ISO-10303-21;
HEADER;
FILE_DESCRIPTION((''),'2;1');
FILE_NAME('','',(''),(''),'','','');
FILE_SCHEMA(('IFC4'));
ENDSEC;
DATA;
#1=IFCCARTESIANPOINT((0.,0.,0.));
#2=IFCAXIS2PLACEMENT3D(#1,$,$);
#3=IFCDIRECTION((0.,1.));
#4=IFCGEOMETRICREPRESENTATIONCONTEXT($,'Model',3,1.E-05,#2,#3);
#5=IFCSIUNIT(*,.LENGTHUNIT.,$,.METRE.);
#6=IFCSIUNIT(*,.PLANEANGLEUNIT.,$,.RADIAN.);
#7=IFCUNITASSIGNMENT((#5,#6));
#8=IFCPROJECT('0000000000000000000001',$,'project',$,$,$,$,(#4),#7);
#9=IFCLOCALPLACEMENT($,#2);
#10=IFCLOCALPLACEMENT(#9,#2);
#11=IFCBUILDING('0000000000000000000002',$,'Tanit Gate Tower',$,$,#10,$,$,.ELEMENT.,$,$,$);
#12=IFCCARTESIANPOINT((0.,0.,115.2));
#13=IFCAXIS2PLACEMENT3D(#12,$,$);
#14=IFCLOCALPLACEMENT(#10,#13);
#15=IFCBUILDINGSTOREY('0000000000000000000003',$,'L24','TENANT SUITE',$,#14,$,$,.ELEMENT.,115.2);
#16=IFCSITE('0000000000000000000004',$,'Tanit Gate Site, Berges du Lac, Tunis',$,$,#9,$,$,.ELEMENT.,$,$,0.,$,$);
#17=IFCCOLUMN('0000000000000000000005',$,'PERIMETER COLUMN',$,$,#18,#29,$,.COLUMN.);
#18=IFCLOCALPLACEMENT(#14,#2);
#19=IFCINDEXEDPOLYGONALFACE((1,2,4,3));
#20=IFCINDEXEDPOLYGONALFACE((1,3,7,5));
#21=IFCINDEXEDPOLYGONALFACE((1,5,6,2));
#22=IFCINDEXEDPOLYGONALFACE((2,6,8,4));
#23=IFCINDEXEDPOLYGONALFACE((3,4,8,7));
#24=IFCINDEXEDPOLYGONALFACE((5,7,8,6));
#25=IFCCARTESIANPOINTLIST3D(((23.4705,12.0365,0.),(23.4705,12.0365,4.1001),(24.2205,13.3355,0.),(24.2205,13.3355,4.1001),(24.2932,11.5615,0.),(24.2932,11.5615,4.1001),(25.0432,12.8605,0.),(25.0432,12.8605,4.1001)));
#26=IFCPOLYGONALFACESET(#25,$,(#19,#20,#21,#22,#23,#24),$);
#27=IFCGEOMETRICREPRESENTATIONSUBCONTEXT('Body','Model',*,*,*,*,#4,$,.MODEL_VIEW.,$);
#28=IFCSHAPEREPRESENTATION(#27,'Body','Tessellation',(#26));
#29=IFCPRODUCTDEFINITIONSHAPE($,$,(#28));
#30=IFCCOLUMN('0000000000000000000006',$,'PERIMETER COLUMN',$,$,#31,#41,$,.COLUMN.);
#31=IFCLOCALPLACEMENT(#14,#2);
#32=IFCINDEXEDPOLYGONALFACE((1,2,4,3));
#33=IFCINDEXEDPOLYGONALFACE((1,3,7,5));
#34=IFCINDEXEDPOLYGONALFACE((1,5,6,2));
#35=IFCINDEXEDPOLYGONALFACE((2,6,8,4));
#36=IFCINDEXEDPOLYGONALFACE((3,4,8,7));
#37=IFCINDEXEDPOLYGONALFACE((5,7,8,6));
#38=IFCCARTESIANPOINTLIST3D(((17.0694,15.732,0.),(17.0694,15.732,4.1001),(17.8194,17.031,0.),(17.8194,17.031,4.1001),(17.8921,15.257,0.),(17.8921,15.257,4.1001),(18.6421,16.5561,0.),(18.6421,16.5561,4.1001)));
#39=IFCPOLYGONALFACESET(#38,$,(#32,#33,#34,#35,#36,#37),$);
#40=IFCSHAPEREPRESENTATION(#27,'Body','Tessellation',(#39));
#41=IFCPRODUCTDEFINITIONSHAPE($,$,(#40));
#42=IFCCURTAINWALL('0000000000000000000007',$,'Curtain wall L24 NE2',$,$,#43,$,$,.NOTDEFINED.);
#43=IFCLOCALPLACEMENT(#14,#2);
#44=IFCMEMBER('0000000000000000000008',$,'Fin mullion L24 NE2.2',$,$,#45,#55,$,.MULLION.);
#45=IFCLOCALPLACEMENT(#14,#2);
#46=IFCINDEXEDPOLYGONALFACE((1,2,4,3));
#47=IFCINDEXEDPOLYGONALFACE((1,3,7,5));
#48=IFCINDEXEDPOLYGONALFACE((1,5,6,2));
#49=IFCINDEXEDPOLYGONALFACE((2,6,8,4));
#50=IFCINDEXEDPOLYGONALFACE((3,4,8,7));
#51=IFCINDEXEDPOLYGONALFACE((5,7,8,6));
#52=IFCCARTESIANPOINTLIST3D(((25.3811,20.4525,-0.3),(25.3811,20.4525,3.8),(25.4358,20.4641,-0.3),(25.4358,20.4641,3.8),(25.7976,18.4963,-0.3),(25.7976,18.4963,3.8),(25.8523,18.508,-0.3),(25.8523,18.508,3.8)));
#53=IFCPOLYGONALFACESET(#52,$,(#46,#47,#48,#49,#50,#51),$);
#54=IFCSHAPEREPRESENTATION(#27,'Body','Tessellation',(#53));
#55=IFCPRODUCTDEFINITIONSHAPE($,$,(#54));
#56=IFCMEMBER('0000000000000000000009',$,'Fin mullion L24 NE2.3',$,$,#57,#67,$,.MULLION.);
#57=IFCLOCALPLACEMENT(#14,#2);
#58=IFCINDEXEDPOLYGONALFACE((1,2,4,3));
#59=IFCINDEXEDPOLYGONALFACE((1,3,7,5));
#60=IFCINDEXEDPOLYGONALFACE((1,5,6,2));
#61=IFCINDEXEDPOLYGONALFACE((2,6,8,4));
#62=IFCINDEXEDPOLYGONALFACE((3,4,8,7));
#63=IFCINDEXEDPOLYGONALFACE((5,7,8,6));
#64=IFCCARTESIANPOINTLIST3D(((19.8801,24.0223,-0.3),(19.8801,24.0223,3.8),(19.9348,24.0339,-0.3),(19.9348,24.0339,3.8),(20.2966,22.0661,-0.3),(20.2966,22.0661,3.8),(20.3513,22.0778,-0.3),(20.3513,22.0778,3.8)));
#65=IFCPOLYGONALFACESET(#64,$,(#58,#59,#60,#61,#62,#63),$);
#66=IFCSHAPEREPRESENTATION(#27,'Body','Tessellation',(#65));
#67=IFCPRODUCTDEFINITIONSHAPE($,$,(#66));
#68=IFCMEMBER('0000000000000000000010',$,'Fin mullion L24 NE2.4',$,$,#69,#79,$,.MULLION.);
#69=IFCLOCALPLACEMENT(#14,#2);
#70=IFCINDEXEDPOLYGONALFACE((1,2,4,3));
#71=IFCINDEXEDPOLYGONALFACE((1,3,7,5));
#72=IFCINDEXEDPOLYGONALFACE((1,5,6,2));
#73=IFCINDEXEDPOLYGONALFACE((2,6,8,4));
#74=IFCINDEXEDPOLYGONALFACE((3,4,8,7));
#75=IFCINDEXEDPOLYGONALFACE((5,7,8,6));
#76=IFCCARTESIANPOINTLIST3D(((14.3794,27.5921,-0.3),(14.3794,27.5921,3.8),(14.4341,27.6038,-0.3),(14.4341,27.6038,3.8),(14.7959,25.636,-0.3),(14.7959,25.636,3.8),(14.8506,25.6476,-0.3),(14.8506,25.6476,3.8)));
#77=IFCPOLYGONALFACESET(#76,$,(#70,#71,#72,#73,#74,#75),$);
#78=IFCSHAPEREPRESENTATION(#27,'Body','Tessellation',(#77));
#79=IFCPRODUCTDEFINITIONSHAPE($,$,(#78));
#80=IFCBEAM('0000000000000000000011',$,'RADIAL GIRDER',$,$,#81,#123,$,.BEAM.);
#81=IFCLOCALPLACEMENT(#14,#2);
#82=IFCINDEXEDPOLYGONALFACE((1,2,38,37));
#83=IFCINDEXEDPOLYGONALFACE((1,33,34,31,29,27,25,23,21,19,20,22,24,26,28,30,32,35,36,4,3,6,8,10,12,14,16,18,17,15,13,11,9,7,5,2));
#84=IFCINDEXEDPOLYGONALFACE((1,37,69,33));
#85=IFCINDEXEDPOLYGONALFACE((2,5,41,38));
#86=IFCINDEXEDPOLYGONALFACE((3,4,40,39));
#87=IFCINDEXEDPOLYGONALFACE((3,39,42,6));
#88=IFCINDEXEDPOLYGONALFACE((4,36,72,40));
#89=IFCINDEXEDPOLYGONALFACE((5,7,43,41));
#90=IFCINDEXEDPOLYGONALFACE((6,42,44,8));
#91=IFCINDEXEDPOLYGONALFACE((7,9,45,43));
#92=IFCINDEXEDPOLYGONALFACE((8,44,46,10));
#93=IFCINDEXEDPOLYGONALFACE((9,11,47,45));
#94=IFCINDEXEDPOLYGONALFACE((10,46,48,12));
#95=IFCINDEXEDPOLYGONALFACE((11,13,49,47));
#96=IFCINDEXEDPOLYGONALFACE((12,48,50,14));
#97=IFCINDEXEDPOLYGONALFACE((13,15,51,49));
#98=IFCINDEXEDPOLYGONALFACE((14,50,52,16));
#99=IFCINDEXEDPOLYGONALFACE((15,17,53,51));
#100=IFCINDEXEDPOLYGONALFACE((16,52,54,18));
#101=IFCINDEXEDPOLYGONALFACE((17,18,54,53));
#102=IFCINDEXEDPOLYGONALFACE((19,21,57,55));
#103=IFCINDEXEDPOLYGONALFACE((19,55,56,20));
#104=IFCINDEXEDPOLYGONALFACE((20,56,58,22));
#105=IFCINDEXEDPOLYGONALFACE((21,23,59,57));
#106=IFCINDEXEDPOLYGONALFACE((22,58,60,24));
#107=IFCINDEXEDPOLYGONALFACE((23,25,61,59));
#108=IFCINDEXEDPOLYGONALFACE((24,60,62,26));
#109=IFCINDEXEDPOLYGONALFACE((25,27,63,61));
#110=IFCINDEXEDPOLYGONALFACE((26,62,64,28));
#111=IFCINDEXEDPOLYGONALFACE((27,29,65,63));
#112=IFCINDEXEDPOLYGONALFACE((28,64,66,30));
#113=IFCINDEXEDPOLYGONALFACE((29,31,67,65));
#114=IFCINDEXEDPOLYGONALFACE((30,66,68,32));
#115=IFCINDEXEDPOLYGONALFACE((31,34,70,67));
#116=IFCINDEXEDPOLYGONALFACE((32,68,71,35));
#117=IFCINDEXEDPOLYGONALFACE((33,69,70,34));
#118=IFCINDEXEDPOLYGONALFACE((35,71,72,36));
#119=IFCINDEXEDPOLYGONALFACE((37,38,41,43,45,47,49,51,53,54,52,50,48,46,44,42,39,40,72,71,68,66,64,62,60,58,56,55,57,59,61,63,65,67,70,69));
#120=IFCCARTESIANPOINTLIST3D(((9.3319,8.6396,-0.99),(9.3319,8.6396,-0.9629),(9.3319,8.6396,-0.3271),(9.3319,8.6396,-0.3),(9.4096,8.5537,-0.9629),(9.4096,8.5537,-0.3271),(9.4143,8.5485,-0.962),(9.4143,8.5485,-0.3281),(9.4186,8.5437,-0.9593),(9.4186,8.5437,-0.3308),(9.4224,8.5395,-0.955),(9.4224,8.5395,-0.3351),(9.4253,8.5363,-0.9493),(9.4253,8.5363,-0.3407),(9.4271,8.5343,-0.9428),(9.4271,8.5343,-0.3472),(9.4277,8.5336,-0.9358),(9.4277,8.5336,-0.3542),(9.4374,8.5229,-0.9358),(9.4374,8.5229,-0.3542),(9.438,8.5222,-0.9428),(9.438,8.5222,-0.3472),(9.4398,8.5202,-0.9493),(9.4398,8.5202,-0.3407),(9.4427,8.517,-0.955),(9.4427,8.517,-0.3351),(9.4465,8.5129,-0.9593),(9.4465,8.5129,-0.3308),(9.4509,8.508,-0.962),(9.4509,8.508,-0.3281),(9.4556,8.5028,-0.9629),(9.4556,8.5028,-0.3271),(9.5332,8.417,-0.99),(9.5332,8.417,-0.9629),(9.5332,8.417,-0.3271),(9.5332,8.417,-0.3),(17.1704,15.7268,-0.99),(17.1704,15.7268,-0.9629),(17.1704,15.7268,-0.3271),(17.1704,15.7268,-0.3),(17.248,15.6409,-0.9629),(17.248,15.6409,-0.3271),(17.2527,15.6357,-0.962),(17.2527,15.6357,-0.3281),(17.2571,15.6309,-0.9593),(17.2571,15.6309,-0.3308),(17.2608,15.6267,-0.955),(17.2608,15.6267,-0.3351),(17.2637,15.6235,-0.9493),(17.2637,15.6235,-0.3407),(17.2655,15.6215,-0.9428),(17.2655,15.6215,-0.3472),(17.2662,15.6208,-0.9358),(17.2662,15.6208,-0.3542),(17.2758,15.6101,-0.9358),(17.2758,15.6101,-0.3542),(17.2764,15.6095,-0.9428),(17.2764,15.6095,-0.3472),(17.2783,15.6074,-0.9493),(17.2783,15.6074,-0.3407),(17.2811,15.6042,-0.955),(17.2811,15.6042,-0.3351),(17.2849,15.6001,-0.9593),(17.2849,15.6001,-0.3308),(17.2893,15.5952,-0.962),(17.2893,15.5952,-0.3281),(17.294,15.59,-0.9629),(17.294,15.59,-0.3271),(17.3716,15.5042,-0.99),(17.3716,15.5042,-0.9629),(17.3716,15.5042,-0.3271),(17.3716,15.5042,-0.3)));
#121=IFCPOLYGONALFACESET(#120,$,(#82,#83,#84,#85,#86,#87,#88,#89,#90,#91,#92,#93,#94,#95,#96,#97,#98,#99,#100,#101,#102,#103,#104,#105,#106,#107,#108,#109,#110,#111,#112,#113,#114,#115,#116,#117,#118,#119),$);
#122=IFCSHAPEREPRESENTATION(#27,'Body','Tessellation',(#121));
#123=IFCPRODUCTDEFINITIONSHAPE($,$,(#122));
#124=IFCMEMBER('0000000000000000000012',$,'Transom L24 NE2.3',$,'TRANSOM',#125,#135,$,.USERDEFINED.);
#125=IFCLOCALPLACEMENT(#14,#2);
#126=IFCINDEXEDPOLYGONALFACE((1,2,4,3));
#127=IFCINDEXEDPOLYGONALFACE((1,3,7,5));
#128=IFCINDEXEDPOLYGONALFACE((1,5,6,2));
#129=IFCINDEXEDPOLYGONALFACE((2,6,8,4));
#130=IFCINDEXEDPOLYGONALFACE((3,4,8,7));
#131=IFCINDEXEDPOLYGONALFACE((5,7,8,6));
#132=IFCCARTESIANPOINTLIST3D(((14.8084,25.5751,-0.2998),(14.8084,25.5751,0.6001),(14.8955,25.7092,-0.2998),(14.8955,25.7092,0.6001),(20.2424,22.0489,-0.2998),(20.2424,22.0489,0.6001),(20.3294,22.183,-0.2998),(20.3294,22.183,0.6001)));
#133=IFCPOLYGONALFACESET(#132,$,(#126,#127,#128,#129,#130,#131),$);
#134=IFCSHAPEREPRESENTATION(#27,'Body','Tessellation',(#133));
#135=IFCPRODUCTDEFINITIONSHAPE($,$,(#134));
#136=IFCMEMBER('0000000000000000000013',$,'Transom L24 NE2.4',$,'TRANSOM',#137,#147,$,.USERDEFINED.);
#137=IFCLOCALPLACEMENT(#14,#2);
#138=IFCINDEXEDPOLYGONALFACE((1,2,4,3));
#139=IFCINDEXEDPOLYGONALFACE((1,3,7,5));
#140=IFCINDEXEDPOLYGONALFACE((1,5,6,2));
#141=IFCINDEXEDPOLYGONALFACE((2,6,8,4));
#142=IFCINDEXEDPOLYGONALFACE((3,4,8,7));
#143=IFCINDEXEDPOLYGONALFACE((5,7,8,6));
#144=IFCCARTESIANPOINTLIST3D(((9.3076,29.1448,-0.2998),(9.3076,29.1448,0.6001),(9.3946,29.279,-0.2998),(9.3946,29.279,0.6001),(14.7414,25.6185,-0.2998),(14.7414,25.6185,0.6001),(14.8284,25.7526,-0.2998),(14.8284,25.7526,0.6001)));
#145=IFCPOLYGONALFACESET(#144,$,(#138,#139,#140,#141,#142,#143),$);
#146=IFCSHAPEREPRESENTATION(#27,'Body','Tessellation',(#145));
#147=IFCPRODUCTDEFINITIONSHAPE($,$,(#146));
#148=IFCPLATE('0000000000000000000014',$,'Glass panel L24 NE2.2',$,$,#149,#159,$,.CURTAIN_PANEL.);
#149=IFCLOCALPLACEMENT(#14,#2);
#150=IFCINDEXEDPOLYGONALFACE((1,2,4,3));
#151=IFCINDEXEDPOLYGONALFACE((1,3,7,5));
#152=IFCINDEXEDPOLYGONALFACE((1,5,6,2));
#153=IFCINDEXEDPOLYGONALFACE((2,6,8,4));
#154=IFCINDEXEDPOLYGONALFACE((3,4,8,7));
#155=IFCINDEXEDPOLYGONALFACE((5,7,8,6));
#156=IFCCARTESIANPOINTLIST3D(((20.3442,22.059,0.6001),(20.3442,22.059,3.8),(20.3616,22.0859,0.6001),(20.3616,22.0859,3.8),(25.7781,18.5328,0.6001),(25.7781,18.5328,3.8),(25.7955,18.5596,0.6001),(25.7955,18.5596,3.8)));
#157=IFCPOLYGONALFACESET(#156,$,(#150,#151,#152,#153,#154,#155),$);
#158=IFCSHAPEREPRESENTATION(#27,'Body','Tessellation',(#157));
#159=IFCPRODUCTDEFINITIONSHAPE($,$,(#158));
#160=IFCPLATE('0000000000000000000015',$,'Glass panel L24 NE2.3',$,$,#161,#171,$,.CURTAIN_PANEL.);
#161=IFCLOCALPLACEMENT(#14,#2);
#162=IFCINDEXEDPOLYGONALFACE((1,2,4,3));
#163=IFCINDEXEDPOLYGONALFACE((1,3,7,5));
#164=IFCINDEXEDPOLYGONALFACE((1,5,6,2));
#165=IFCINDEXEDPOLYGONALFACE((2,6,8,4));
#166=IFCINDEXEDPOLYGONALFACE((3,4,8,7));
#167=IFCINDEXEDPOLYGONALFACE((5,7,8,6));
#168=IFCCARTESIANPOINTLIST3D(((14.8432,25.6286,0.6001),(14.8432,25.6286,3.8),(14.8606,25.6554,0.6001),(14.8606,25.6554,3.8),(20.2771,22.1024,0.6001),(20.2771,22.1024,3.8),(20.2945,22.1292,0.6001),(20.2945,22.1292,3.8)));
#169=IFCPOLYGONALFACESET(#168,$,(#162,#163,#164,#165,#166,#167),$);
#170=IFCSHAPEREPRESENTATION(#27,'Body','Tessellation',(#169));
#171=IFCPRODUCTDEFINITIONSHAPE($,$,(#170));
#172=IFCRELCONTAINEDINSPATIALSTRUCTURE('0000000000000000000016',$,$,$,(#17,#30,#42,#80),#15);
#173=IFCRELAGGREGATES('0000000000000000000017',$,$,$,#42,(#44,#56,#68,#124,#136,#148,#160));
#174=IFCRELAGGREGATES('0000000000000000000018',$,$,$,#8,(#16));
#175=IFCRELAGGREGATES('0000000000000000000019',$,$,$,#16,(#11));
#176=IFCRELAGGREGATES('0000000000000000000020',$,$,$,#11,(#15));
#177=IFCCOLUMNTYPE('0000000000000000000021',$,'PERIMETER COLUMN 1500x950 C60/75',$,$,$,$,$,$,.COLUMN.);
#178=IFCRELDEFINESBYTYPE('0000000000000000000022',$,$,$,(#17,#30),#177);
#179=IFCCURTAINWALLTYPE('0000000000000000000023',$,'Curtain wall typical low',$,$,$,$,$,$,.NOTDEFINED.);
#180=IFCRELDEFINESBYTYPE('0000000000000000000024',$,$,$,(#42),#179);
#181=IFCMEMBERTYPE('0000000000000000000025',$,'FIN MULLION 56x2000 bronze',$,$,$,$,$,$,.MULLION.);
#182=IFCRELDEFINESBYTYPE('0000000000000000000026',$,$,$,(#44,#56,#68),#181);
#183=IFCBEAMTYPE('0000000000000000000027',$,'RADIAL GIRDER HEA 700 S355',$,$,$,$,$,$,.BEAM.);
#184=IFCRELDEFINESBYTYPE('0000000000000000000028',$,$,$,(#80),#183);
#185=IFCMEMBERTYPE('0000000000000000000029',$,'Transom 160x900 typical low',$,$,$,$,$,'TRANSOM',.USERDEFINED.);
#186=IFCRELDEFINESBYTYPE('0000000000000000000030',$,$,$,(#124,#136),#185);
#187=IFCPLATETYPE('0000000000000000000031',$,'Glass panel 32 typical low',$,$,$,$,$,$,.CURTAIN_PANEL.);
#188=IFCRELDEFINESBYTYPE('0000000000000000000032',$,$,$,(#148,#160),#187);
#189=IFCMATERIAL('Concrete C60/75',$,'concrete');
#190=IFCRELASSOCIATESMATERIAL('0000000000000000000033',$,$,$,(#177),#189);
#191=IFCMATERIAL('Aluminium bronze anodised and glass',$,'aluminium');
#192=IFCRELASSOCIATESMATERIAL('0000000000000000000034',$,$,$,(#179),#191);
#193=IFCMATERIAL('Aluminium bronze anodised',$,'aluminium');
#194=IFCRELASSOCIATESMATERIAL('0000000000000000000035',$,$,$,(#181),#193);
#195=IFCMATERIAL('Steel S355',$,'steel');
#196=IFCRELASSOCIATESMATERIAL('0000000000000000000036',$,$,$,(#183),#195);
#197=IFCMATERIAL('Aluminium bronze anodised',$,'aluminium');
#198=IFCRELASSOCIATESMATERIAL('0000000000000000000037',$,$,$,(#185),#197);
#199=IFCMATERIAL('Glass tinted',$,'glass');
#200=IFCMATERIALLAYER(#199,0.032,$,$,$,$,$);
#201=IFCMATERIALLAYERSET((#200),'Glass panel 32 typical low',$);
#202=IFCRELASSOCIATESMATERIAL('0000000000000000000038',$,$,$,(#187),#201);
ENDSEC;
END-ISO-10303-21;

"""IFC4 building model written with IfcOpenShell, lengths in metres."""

from ifc_helpers import new_model, si_unit, direction, frame, origin, origin_2d, place, context, subcontext, project, spatial, rectangle, i_section, extrude, material, layer, layer_set, material_profile, profile_set, type_object, element, aggregate, save


model = new_model("IFC4")

# Units and contexts
model_context = context("Model", 3, precision=1e-05, world=origin(), true_north=direction((0.0, 1.0)))
body_context = subcontext(model_context, "Body", "Model", "MODEL_VIEW")
ifc_project = project(units=[si_unit("LENGTHUNIT", "METRE"), si_unit("PLANEANGLEUNIT", "RADIAN")], contexts=[model_context])

# Site, building, storey
site_placement = place(None, origin())
site = spatial("IfcSite", under=ifc_project, at=site_placement, Name="Tanit Gate Site, Berges du Lac, Tunis", CompositionType="ELEMENT", RefElevation=0.0)
building_placement = place(site_placement, origin())
building = spatial("IfcBuilding", under=site, at=building_placement, Name="Tanit Gate Tower", CompositionType="ELEMENT")
storey_placement = place(building_placement, frame((0.0, 0.0, 115.2)))
storey = spatial("IfcBuildingStorey", under=building, at=storey_placement, Name="L24", Description="TENANT SUITE", CompositionType="ELEMENT", Elevation=115.2)

# Columns
ifc_material_1 = material(Name="Concrete C60/75", Category="concrete")
ifc_material_profile_1 = material_profile(ifc_material_1, rectangle(XDim=1.5, YDim=0.95, at=origin_2d()), Name="RC 1500x950")
ifc_profile_set_1 = profile_set([ifc_material_profile_1], Name="Concrete C60/75")
column_type = type_object("IfcColumnType", Name="PERIMETER COLUMN 1500x950 C60/75", PredefinedType="COLUMN", material=ifc_profile_set_1)
for number, where, z_axis, x_axis, name in (
    (1, (24.2568, 12.4485, 0.0), (0.0, 0.0, 1.0), (0.5, 0.866025, 0.0), "PERIMETER COLUMN"),
    (2, (17.8557, 16.144, 0.0), (0.0, 0.0, 1.0), (0.5, 0.866025, 0.0), "PERIMETER COLUMN"),
):
    element("IfcColumn", number, at=place(storey_placement, frame(where, z_axis=z_axis, x_axis=x_axis)), inside=storey, type_object=column_type, Name=name, PredefinedType="COLUMN", context=body_context, shape_type="SweptSolid", body=[
        extrude(rectangle(XDim=1.5, YDim=0.95, at=origin_2d()), origin(), (0.0, 0.0, 1.0), 4.1001),
    ])

# Curtain wall, members
ifc_material_2 = material(Name="Aluminium bronze anodised and glass", Category="aluminium")
curtain_wall_type = type_object("IfcCurtainWallType", Name="Curtain wall typical low", PredefinedType="NOTDEFINED", material=ifc_material_2)
curtain_wall_placement = place(storey_placement, origin())
curtain_wall = element("IfcCurtainWall", 3, at=curtain_wall_placement, inside=storey, type_object=curtain_wall_type, Name="Curtain wall L24 NE2", PredefinedType="NOTDEFINED")
ifc_material_3 = material(Name="Aluminium bronze anodised", Category="aluminium")
ifc_material_profile_2 = material_profile(ifc_material_3, rectangle(XDim=2.0, YDim=0.0559, at=origin_2d()), Name="56x2000 bronze fin mullion")
ifc_profile_set_2 = profile_set([ifc_material_profile_2], Name="Aluminium bronze anodised")
member_type_1 = type_object("IfcMemberType", Name="FIN MULLION 56x2000 bronze", PredefinedType="MULLION", material=ifc_profile_set_2)
member_1_placement = place(storey_placement, frame((25.6167, 19.4802, -0.3), z_axis=(0.0, 0.0, 1.0), x_axis=(0.208238, -0.978078, 0.0)))
member_1 = element("IfcMember", 4, at=member_1_placement, type_object=member_type_1, Name="Fin mullion L24 NE2.2", PredefinedType="MULLION", context=body_context, shape_type="SweptSolid", body=[
    extrude(rectangle(XDim=2.0, YDim=0.0559, at=origin_2d()), origin(), (0.0, 0.0, 1.0), 4.1001),
])
member_2_placement = place(storey_placement, frame((20.1157, 23.05, -0.3), z_axis=(0.0, 0.0, 1.0), x_axis=(0.208238, -0.978078, 0.0)))
member_2 = element("IfcMember", 5, at=member_2_placement, type_object=member_type_1, Name="Fin mullion L24 NE2.3", PredefinedType="MULLION", context=body_context, shape_type="SweptSolid", body=[
    extrude(rectangle(XDim=2.0, YDim=0.0559, at=origin_2d()), origin(), (0.0, 0.0, 1.0), 4.1001),
])
member_3_placement = place(storey_placement, frame((14.615, 26.6199, -0.3), z_axis=(0.0, 0.0, 1.0), x_axis=(0.208238, -0.978078, 0.0)))
member_3 = element("IfcMember", 6, at=member_3_placement, type_object=member_type_1, Name="Fin mullion L24 NE2.4", PredefinedType="MULLION", context=body_context, shape_type="SweptSolid", body=[
    extrude(rectangle(XDim=2.0, YDim=0.0559, at=origin_2d()), origin(), (0.0, 0.0, 1.0), 4.1001),
])

# Beam
ifc_material_4 = material(Name="Steel S355", Category="steel")
ifc_material_profile_3 = material_profile(ifc_material_4, i_section(OverallWidth=0.3, OverallDepth=0.6899, WebThickness=0.0144, FlangeThickness=0.0271, FilletRadius=0.0271, at=origin_2d()), Name="HEA 700")
ifc_profile_set_3 = profile_set([ifc_material_profile_3], Name="Steel S355")
beam_type = type_object("IfcBeamType", Name="RADIAL GIRDER HEA 700 S355", PredefinedType="BEAM", material=ifc_profile_set_3)
beam_placement = place(storey_placement, frame((17.271, 15.6155, -0.645), z_axis=(-0.741757, -0.670668, 0.0), x_axis=(0.670668, -0.741757, 0.0)))
element("IfcBeam", 7, at=beam_placement, inside=storey, type_object=beam_type, Name="RADIAL GIRDER", PredefinedType="BEAM", context=body_context, shape_type="SweptSolid", body=[
    extrude(i_section(OverallWidth=0.3, OverallDepth=0.6899, WebThickness=0.0144, FlangeThickness=0.0271, FilletRadius=0.0271, at=origin_2d()), origin(), (0.0, 0.0, 1.0), 10.5674),
])

# Members
ifc_material_5 = material(Name="Aluminium bronze anodised", Category="aluminium")
ifc_material_profile_4 = material_profile(ifc_material_5, rectangle(XDim=0.1599, YDim=0.8999, at=origin_2d()), Name="160x900 bronze transom")
ifc_profile_set_4 = profile_set([ifc_material_profile_4], Name="Aluminium bronze anodised")
member_type_2 = type_object("IfcMemberType", Name="Transom 160x900 typical low", ElementType="TRANSOM", PredefinedType="USERDEFINED", material=ifc_profile_set_4)
member_4_placement = place(storey_placement, frame((20.2859, 22.116, 0.1501), z_axis=(-0.838858, 0.544351, 0.0), x_axis=(-0.544351, -0.838858, 0.0)))
member_4 = element("IfcMember", 8, at=member_4_placement, type_object=member_type_2, Name="Transom L24 NE2.3", ObjectType="TRANSOM", PredefinedType="USERDEFINED", context=body_context, shape_type="SweptSolid", body=[
    extrude(rectangle(XDim=0.1599, YDim=0.8999, at=origin_2d()), origin(), (0.0, 0.0, 1.0), 6.4778),
])
member_5_placement = place(storey_placement, frame((14.7849, 25.6855, 0.1501), z_axis=(-0.83884, 0.544378, 0.0), x_axis=(-0.544378, -0.83884, 0.0)))
member_5 = element("IfcMember", 9, at=member_5_placement, type_object=member_type_2, Name="Transom L24 NE2.4", ObjectType="TRANSOM", PredefinedType="USERDEFINED", context=body_context, shape_type="SweptSolid", body=[
    extrude(rectangle(XDim=0.1599, YDim=0.8999, at=origin_2d()), origin(), (0.0, 0.0, 1.0), 6.4778),
])

# Plates
ifc_material_6 = material(Name="Glass tinted", Category="glass")
ifc_layer = layer(ifc_material_6, 0.032)
ifc_layer_set = layer_set([ifc_layer], Name="Glass panel 32 typical low")
plate_type = type_object("IfcPlateType", Name="Glass panel 32 typical low", PredefinedType="CURTAIN_PANEL", material=ifc_layer_set)
plate_1_placement = place(storey_placement, frame((23.0698, 20.3093, 0.6001), z_axis=(0.0, 0.0, 1.0), x_axis=(-0.838852, 0.544359, 0.0)))
plate_1 = element("IfcPlate", 10, at=plate_1_placement, type_object=plate_type, Name="Glass panel L24 NE2.2", PredefinedType="CURTAIN_PANEL", context=body_context, shape_type="SweptSolid", body=[
    extrude(rectangle(XDim=6.4778, YDim=0.032, at=origin_2d()), origin(), (0.0, 0.0, 1.0), 3.2),
])
plate_2_placement = place(storey_placement, frame((17.5688, 23.8789, 0.6001), z_axis=(0.0, 0.0, 1.0), x_axis=(-0.838852, 0.544359, 0.0)))
plate_2 = element("IfcPlate", 11, at=plate_2_placement, type_object=plate_type, Name="Glass panel L24 NE2.3", PredefinedType="CURTAIN_PANEL", context=body_context, shape_type="SweptSolid", body=[
    extrude(rectangle(XDim=6.4778, YDim=0.032, at=origin_2d()), origin(), (0.0, 0.0, 1.0), 3.2),
])
aggregate(curtain_wall, [member_1, member_2, member_3, member_4, member_5, plate_1, plate_2])

save(model, "model.ifc")
